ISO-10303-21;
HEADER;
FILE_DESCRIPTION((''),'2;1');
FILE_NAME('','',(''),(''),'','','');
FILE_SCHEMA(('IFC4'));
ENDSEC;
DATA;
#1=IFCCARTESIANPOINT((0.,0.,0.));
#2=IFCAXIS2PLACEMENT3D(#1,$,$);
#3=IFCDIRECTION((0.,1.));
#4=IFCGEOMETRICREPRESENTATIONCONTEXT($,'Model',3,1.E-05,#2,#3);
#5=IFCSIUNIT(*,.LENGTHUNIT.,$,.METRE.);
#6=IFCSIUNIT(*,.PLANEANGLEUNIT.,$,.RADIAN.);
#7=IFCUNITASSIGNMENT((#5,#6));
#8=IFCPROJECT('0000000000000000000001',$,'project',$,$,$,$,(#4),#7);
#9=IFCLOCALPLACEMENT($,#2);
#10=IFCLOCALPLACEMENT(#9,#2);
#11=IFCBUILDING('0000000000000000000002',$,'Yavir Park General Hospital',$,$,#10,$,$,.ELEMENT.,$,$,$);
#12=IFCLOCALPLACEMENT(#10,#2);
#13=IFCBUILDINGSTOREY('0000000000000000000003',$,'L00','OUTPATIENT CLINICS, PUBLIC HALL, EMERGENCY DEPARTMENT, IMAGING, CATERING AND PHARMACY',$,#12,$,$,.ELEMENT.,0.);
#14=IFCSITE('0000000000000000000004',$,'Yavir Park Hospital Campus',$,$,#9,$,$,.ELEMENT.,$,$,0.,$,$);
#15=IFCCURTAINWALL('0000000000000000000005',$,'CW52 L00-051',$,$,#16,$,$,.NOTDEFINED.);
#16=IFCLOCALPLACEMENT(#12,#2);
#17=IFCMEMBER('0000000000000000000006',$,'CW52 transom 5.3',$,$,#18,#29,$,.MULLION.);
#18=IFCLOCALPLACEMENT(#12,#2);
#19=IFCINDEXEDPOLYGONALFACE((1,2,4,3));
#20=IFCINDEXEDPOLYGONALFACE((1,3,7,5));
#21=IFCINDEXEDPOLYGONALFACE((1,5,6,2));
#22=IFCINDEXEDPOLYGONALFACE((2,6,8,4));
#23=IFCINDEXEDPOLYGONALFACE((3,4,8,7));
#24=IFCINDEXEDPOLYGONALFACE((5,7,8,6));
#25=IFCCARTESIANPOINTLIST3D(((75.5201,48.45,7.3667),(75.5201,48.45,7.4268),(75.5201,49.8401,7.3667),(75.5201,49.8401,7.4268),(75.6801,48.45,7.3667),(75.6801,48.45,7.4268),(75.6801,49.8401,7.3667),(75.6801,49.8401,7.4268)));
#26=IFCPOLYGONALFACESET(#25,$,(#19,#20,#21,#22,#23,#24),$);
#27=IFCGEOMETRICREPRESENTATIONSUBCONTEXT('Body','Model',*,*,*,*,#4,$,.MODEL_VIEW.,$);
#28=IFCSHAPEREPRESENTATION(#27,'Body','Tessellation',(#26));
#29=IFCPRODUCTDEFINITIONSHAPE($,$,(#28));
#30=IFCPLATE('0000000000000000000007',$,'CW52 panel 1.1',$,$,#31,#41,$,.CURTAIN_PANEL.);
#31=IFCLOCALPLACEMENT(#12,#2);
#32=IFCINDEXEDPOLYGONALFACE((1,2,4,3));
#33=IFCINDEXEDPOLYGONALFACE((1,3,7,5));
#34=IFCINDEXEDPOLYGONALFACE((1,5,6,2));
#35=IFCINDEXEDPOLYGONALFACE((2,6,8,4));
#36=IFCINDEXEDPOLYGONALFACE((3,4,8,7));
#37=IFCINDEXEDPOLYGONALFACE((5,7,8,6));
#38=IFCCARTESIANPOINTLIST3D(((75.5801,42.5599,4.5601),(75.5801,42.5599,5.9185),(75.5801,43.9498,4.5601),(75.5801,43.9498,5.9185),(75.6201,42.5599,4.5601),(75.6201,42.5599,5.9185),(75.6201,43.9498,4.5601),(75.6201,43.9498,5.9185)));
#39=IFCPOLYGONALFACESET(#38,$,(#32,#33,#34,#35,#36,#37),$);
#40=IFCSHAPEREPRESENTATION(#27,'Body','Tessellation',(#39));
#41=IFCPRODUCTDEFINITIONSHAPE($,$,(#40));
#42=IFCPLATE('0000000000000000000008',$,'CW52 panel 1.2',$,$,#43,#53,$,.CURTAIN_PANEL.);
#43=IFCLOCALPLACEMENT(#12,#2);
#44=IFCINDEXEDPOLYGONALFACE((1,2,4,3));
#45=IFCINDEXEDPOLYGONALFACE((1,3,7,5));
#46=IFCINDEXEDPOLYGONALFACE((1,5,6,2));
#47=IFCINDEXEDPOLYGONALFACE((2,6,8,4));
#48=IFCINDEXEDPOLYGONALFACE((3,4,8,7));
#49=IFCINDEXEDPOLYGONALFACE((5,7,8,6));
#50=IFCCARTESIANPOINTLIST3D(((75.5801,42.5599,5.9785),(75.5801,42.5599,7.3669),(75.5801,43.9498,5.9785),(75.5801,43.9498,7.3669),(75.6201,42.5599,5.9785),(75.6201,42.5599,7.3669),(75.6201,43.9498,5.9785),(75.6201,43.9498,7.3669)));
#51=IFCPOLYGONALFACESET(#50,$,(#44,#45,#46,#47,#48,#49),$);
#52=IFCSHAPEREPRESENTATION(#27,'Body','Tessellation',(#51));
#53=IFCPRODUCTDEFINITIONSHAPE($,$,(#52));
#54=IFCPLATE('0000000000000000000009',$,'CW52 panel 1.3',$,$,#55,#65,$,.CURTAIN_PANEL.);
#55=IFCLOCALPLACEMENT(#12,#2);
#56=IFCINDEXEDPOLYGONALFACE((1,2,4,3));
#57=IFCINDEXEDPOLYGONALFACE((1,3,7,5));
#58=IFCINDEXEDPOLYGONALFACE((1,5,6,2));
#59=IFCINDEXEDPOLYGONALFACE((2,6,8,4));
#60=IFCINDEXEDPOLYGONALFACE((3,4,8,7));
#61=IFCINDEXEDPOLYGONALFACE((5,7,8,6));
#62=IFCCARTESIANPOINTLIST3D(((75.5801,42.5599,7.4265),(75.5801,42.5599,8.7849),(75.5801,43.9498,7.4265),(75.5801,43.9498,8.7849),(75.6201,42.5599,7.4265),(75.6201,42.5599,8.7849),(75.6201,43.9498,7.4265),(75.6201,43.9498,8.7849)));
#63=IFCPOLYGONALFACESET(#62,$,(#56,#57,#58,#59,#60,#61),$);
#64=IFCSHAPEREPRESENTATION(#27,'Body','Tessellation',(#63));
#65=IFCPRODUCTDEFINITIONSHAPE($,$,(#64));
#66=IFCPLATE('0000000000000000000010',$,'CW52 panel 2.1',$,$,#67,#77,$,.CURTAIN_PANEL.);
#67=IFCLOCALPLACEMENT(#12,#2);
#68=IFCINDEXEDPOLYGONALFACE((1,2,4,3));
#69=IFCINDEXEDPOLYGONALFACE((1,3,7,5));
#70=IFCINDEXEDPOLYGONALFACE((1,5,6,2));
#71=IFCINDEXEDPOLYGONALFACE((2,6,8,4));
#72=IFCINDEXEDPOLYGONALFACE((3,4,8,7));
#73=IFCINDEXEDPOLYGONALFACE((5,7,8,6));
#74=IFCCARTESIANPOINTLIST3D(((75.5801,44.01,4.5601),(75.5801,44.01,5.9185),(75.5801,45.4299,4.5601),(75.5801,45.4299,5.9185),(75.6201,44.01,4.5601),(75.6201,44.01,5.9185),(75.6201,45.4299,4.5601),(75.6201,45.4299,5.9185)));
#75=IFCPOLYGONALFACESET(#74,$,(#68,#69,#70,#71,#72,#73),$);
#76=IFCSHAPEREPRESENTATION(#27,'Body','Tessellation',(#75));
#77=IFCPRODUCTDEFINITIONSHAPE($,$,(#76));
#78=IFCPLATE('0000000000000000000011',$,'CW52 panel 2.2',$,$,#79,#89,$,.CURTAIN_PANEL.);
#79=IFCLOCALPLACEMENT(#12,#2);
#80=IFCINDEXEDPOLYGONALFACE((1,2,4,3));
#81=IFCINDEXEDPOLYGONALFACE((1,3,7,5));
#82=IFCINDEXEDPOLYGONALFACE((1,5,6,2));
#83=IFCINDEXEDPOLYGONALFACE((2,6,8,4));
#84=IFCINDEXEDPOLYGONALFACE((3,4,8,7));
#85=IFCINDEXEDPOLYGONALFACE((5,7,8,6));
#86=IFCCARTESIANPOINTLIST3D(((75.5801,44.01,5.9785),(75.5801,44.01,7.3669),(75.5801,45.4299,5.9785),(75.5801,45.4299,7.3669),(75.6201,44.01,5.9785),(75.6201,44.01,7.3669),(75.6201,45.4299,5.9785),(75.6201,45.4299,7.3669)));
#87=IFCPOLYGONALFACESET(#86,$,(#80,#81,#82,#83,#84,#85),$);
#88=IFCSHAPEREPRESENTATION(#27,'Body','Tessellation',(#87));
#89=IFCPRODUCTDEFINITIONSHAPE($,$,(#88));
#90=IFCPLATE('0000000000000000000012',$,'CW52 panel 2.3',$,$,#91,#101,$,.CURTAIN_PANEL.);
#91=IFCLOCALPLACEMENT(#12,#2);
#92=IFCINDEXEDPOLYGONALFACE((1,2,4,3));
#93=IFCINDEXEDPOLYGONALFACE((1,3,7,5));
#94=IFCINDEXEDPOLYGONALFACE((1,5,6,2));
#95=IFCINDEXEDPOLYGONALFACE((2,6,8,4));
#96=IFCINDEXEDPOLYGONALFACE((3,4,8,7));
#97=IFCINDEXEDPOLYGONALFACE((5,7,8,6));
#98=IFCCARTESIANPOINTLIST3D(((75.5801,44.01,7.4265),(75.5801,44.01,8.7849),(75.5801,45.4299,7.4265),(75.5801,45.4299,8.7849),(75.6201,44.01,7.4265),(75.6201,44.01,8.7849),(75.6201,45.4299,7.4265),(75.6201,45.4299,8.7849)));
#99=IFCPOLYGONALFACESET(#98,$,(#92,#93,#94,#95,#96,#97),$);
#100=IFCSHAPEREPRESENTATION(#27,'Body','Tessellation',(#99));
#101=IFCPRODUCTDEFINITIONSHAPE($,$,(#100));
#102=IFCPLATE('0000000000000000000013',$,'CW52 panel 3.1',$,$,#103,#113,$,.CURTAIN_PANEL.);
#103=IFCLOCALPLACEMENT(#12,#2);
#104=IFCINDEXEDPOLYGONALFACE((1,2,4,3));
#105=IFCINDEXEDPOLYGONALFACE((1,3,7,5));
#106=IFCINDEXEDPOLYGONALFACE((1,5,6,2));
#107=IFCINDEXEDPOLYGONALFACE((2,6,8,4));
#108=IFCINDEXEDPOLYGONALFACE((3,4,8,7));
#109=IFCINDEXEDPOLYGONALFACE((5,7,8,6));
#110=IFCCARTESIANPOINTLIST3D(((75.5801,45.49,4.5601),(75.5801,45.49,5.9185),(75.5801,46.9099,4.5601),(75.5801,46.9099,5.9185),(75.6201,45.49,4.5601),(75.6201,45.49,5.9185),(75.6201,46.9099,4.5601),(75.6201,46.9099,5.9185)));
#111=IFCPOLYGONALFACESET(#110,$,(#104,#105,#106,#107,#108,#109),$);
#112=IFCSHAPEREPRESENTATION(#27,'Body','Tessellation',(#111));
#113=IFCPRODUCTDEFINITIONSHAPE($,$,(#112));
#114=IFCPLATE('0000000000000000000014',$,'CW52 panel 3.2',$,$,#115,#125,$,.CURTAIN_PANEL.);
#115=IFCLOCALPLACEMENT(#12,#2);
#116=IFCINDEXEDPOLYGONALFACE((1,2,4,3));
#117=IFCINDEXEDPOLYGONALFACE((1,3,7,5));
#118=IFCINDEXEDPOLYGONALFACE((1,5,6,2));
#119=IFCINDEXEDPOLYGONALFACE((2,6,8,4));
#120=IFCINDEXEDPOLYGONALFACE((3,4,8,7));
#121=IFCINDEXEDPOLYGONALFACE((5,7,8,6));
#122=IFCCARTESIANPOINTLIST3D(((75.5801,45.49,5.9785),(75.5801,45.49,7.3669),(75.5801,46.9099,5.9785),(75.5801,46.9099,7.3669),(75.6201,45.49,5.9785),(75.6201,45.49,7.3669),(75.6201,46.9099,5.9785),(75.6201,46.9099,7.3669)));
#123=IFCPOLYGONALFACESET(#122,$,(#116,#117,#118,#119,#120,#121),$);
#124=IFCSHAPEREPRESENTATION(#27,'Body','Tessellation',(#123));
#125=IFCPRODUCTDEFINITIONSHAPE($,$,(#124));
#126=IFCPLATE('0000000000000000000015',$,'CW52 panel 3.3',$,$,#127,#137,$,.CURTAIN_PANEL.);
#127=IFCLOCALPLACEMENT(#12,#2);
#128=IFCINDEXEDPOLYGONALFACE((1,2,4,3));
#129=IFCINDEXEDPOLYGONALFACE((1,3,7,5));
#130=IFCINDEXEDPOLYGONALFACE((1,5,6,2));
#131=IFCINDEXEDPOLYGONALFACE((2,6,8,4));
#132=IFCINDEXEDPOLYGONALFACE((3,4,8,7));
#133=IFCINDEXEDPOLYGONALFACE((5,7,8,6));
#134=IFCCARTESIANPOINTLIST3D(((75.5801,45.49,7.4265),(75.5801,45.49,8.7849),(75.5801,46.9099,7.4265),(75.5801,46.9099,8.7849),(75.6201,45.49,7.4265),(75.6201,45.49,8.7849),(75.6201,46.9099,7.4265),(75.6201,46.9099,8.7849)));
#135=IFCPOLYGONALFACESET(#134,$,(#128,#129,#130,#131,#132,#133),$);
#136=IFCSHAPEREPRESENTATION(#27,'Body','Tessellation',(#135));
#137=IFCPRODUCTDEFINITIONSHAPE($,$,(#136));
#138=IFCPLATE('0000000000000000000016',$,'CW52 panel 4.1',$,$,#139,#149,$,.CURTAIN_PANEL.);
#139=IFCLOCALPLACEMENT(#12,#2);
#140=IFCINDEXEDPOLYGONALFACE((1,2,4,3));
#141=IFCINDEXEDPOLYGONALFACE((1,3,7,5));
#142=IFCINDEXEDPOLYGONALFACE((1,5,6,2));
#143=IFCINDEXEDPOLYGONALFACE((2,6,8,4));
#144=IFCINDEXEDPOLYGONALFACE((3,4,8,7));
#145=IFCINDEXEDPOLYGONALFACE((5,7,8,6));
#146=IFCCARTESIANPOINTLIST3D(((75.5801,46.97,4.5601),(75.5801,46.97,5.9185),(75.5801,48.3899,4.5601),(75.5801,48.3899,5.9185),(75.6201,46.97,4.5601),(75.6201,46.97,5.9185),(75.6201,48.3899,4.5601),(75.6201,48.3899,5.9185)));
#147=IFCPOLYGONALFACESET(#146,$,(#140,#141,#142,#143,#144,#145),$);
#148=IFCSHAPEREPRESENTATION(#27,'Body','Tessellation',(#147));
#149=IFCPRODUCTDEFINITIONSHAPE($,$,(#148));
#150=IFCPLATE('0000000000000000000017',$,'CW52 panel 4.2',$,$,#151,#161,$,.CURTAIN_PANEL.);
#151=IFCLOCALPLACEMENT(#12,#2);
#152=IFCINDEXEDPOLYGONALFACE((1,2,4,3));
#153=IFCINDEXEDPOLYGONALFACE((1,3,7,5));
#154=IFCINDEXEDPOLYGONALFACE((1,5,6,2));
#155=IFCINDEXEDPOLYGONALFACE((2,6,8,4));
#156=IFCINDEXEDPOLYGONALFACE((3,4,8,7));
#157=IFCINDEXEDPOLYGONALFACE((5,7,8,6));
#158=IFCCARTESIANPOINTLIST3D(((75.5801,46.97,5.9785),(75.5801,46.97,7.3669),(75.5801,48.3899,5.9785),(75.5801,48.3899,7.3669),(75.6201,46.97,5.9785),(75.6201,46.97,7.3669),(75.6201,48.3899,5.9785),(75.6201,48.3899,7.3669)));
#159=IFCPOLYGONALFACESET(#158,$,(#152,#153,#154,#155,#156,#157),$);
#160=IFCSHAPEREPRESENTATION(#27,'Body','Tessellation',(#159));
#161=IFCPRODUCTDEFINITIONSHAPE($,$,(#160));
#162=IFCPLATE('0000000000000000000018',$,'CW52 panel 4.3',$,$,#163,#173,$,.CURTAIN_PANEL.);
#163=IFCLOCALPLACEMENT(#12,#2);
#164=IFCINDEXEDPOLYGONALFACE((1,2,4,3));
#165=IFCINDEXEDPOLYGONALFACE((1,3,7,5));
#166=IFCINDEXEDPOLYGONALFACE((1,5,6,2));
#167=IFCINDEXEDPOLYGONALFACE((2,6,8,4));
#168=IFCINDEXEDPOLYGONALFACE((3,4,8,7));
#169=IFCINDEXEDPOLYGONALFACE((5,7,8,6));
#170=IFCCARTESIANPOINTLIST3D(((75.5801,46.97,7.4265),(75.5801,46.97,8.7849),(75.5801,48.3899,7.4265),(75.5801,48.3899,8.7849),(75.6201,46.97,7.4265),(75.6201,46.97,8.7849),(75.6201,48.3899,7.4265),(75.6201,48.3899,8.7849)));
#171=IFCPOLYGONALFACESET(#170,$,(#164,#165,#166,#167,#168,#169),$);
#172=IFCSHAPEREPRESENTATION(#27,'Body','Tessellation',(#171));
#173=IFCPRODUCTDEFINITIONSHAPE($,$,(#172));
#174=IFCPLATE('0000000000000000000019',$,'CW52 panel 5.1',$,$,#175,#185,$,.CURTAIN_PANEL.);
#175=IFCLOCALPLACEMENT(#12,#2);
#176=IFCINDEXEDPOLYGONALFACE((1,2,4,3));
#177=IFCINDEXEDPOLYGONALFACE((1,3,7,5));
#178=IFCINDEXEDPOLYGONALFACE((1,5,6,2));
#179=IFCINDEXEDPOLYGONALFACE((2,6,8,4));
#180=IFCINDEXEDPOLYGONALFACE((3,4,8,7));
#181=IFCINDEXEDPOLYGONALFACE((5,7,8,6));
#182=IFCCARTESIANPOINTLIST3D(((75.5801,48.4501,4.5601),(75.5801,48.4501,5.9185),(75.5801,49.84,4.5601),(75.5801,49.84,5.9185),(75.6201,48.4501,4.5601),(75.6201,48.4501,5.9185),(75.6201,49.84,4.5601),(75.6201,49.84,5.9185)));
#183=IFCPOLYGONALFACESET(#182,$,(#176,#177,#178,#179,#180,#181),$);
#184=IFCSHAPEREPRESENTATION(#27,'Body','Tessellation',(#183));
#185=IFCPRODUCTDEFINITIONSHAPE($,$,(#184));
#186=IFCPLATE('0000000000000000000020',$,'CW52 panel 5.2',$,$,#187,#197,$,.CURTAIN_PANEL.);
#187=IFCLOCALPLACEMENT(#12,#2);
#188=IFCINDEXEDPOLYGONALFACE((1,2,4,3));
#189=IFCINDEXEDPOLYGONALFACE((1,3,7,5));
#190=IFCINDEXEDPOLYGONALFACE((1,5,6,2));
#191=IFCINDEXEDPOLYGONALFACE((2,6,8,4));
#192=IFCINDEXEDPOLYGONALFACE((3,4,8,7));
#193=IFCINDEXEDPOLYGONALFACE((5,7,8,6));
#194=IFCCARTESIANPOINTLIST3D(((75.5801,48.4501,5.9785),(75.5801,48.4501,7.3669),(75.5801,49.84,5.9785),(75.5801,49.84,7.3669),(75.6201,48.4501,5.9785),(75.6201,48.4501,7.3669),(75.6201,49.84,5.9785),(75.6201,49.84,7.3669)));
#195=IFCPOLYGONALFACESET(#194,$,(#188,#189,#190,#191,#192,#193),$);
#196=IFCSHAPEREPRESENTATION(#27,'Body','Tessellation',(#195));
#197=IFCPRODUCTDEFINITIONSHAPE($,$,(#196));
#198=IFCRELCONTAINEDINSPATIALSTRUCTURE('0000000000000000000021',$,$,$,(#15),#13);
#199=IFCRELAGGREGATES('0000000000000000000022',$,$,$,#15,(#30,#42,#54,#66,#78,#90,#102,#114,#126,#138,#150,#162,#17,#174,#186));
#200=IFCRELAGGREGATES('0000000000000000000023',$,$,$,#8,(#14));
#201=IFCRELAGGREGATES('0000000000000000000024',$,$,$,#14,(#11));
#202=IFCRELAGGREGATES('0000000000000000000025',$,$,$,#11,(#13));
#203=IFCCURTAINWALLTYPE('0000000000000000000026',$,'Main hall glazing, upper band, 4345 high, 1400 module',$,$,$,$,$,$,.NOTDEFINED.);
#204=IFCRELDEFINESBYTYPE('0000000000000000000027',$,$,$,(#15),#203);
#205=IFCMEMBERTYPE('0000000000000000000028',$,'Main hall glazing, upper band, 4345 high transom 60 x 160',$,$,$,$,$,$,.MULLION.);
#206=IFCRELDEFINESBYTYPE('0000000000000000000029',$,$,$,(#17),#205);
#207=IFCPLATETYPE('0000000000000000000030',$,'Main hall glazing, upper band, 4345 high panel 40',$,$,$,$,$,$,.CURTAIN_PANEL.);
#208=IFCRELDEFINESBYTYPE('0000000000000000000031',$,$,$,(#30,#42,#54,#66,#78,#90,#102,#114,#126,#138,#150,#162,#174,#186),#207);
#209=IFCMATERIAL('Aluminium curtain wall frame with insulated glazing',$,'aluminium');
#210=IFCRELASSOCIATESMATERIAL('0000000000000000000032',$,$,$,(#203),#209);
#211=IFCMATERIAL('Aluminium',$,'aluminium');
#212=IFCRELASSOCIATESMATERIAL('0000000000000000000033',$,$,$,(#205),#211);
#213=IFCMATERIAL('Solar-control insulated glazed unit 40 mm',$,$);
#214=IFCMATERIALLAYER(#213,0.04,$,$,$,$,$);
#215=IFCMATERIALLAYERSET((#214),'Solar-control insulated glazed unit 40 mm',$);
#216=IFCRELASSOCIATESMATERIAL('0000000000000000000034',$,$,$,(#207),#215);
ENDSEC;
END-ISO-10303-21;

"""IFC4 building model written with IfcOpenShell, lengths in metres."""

from ifc_helpers import new_model, si_unit, direction, frame, origin, origin_2d, place, context, subcontext, project, spatial, rectangle, extrude, material, layer, layer_set, material_profile, profile_set, type_object, element, aggregate, save


model = new_model("IFC4")

# Units and contexts
model_context = context("Model", 3, precision=1e-05, world=origin(), true_north=direction((0.0, 1.0)))
body_context = subcontext(model_context, "Body", "Model", "MODEL_VIEW")
ifc_project = project(units=[si_unit("LENGTHUNIT", "METRE"), si_unit("PLANEANGLEUNIT", "RADIAN")], contexts=[model_context])

# Site, building, storey
site_placement = place(None, origin())
site = spatial("IfcSite", under=ifc_project, at=site_placement, Name="Yavir Park Hospital Campus", CompositionType="ELEMENT", RefElevation=0.0)
building_placement = place(site_placement, origin())
building = spatial("IfcBuilding", under=site, at=building_placement, Name="Yavir Park General Hospital", CompositionType="ELEMENT")
storey_placement = place(building_placement, origin())
storey = spatial("IfcBuildingStorey", under=building, at=storey_placement, Name="L00", Description="OUTPATIENT CLINICS, PUBLIC HALL, EMERGENCY DEPARTMENT, IMAGING, CATERING AND PHARMACY", CompositionType="ELEMENT", Elevation=0.0)

# Curtain wall, member, plates
ifc_material_1 = material(Name="Aluminium curtain wall frame with insulated glazing", Category="aluminium")
curtain_wall_type = type_object("IfcCurtainWallType", Name="Main hall glazing, upper band, 4345 high, 1400 module", PredefinedType="NOTDEFINED", material=ifc_material_1)
curtain_wall_placement = place(storey_placement, origin())
curtain_wall = element("IfcCurtainWall", 1, at=curtain_wall_placement, inside=storey, type_object=curtain_wall_type, Name="CW52 L00-051", PredefinedType="NOTDEFINED")
ifc_material_2 = material(Name="Aluminium", Category="aluminium")
ifc_material_profile = material_profile(ifc_material_2, rectangle(XDim=0.1599, YDim=0.0601, at=origin_2d()), Name="AL 160x60")
ifc_profile_set = profile_set([ifc_material_profile], Name="Aluminium")
member_type = type_object("IfcMemberType", Name="Main hall glazing, upper band, 4345 high transom 60 x 160", PredefinedType="MULLION", material=ifc_profile_set)
member_1_placement = place(storey_placement, frame((75.6001, 48.45, 7.3967), z_axis=(0.0, 1.0, 0.0), x_axis=(-1.0, 0.0, 0.0)))
member_1 = element("IfcMember", 2, at=member_1_placement, type_object=member_type, Name="CW52 transom 5.3", PredefinedType="MULLION", context=body_context, shape_type="SweptSolid", body=[
    extrude(rectangle(XDim=0.1599, YDim=0.0601, at=origin_2d()), origin(), (0.0, 0.0, 1.0), 1.3901),
])
ifc_material_3 = material(Name="Solar-control insulated glazed unit 40 mm")
ifc_layer_1 = layer(ifc_material_3, 0.04)
ifc_layer_set_1 = layer_set([ifc_layer_1], Name="Solar-control insulated glazed unit 40 mm")
plate_type = type_object("IfcPlateType", Name="Main hall glazing, upper band, 4345 high panel 40", PredefinedType="CURTAIN_PANEL", material=ifc_layer_set_1)
plate_1_placement = place(storey_placement, frame((75.6001, 43.2549, 4.5601), z_axis=(0.0, 0.0, 1.0), x_axis=(0.0, 1.0, 0.0)))
plate_1 = element("IfcPlate", 3, at=plate_1_placement, type_object=plate_type, Name="CW52 panel 1.1", PredefinedType="CURTAIN_PANEL", context=body_context, shape_type="SweptSolid", body=[
    extrude(rectangle(XDim=1.3899, YDim=0.04, at=origin_2d()), origin(), (0.0, 0.0, 1.0), 1.3584),
])
plate_2_placement = place(storey_placement, frame((75.6001, 43.2549, 5.9785), z_axis=(0.0, 0.0, 1.0), x_axis=(0.0, 1.0, 0.0)))
plate_2 = element("IfcPlate", 4, at=plate_2_placement, type_object=plate_type, Name="CW52 panel 1.2", PredefinedType="CURTAIN_PANEL", context=body_context, shape_type="SweptSolid", body=[
    extrude(rectangle(XDim=1.3899, YDim=0.04, at=origin_2d()), origin(), (0.0, 0.0, 1.0), 1.3884),
])
plate_3_placement = place(storey_placement, frame((75.6001, 43.2549, 7.4265), z_axis=(0.0, 0.0, 1.0), x_axis=(0.0, 1.0, 0.0)))
plate_3 = element("IfcPlate", 5, at=plate_3_placement, type_object=plate_type, Name="CW52 panel 1.3", PredefinedType="CURTAIN_PANEL", context=body_context, shape_type="SweptSolid", body=[
    extrude(rectangle(XDim=1.3899, YDim=0.04, at=origin_2d()), origin(), (0.0, 0.0, 1.0), 1.3584),
])
plate_4_placement = place(storey_placement, frame((75.6001, 44.72, 4.5601), z_axis=(0.0, 0.0, 1.0), x_axis=(0.0, 1.0, 0.0)))
plate_4 = element("IfcPlate", 6, at=plate_4_placement, type_object=plate_type, Name="CW52 panel 2.1", PredefinedType="CURTAIN_PANEL", context=body_context, shape_type="SweptSolid", body=[
    extrude(rectangle(XDim=1.4199, YDim=0.04, at=origin_2d()), origin(), (0.0, 0.0, 1.0), 1.3584),
])
plate_5_placement = place(storey_placement, frame((75.6001, 44.72, 5.9785), z_axis=(0.0, 0.0, 1.0), x_axis=(0.0, 1.0, 0.0)))
plate_5 = element("IfcPlate", 7, at=plate_5_placement, type_object=plate_type, Name="CW52 panel 2.2", PredefinedType="CURTAIN_PANEL", context=body_context, shape_type="SweptSolid", body=[
    extrude(rectangle(XDim=1.4199, YDim=0.04, at=origin_2d()), origin(), (0.0, 0.0, 1.0), 1.3884),
])
plate_6_placement = place(storey_placement, frame((75.6001, 44.72, 7.4265), z_axis=(0.0, 0.0, 1.0), x_axis=(0.0, 1.0, 0.0)))
plate_6 = element("IfcPlate", 8, at=plate_6_placement, type_object=plate_type, Name="CW52 panel 2.3", PredefinedType="CURTAIN_PANEL", context=body_context, shape_type="SweptSolid", body=[
    extrude(rectangle(XDim=1.4199, YDim=0.04, at=origin_2d()), origin(), (0.0, 0.0, 1.0), 1.3584),
])
plate_7_placement = place(storey_placement, frame((75.6001, 46.2, 4.5601), z_axis=(0.0, 0.0, 1.0), x_axis=(0.0, 1.0, 0.0)))
plate_7 = element("IfcPlate", 9, at=plate_7_placement, type_object=plate_type, Name="CW52 panel 3.1", PredefinedType="CURTAIN_PANEL", context=body_context, shape_type="SweptSolid", body=[
    extrude(rectangle(XDim=1.4199, YDim=0.04, at=origin_2d()), origin(), (0.0, 0.0, 1.0), 1.3584),
])
plate_8_placement = place(storey_placement, frame((75.6001, 46.2, 5.9785), z_axis=(0.0, 0.0, 1.0), x_axis=(0.0, 1.0, 0.0)))
plate_8 = element("IfcPlate", 10, at=plate_8_placement, type_object=plate_type, Name="CW52 panel 3.2", PredefinedType="CURTAIN_PANEL", context=body_context, shape_type="SweptSolid", body=[
    extrude(rectangle(XDim=1.4199, YDim=0.04, at=origin_2d()), origin(), (0.0, 0.0, 1.0), 1.3884),
])
plate_9_placement = place(storey_placement, frame((75.6001, 46.2, 7.4265), z_axis=(0.0, 0.0, 1.0), x_axis=(0.0, 1.0, 0.0)))
plate_9 = element("IfcPlate", 11, at=plate_9_placement, type_object=plate_type, Name="CW52 panel 3.3", PredefinedType="CURTAIN_PANEL", context=body_context, shape_type="SweptSolid", body=[
    extrude(rectangle(XDim=1.4199, YDim=0.04, at=origin_2d()), origin(), (0.0, 0.0, 1.0), 1.3584),
])
plate_10_placement = place(storey_placement, frame((75.6001, 47.6799, 4.5601), z_axis=(0.0, 0.0, 1.0), x_axis=(0.0, 1.0, 0.0)))
plate_10 = element("IfcPlate", 12, at=plate_10_placement, type_object=plate_type, Name="CW52 panel 4.1", PredefinedType="CURTAIN_PANEL", context=body_context, shape_type="SweptSolid", body=[
    extrude(rectangle(XDim=1.4199, YDim=0.04, at=origin_2d()), origin(), (0.0, 0.0, 1.0), 1.3584),
])
plate_11_placement = place(storey_placement, frame((75.6001, 47.6799, 5.9785), z_axis=(0.0, 0.0, 1.0), x_axis=(0.0, 1.0, 0.0)))
plate_11 = element("IfcPlate", 13, at=plate_11_placement, type_object=plate_type, Name="CW52 panel 4.2", PredefinedType="CURTAIN_PANEL", context=body_context, shape_type="SweptSolid", body=[
    extrude(rectangle(XDim=1.4199, YDim=0.04, at=origin_2d()), origin(), (0.0, 0.0, 1.0), 1.3884),
])
plate_12_placement = place(storey_placement, frame((75.6001, 47.6799, 7.4265), z_axis=(0.0, 0.0, 1.0), x_axis=(0.0, 1.0, 0.0)))
plate_12 = element("IfcPlate", 14, at=plate_12_placement, type_object=plate_type, Name="CW52 panel 4.3", PredefinedType="CURTAIN_PANEL", context=body_context, shape_type="SweptSolid", body=[
    extrude(rectangle(XDim=1.4199, YDim=0.04, at=origin_2d()), origin(), (0.0, 0.0, 1.0), 1.3584),
])
plate_13_placement = place(storey_placement, frame((75.6001, 49.145, 4.5601), z_axis=(0.0, 0.0, 1.0), x_axis=(0.0, 1.0, 0.0)))
plate_13 = element("IfcPlate", 15, at=plate_13_placement, type_object=plate_type, Name="CW52 panel 5.1", PredefinedType="CURTAIN_PANEL", context=body_context, shape_type="SweptSolid", body=[
    extrude(rectangle(XDim=1.3899, YDim=0.04, at=origin_2d()), origin(), (0.0, 0.0, 1.0), 1.3584),
])
plate_14_placement = place(storey_placement, frame((75.6001, 49.145, 5.9785), z_axis=(0.0, 0.0, 1.0), x_axis=(0.0, 1.0, 0.0)))
plate_14 = element("IfcPlate", 16, at=plate_14_placement, type_object=plate_type, Name="CW52 panel 5.2", PredefinedType="CURTAIN_PANEL", context=body_context, shape_type="SweptSolid", body=[
    extrude(rectangle(XDim=1.3899, YDim=0.04, at=origin_2d()), origin(), (0.0, 0.0, 1.0), 1.3884),
])
aggregate(curtain_wall, [plate_1, plate_2, plate_3, plate_4, plate_5, plate_6, plate_7, plate_8, plate_9, plate_10, plate_11, plate_12, member_1, plate_13, plate_14])

save(model, "model.ifc")
